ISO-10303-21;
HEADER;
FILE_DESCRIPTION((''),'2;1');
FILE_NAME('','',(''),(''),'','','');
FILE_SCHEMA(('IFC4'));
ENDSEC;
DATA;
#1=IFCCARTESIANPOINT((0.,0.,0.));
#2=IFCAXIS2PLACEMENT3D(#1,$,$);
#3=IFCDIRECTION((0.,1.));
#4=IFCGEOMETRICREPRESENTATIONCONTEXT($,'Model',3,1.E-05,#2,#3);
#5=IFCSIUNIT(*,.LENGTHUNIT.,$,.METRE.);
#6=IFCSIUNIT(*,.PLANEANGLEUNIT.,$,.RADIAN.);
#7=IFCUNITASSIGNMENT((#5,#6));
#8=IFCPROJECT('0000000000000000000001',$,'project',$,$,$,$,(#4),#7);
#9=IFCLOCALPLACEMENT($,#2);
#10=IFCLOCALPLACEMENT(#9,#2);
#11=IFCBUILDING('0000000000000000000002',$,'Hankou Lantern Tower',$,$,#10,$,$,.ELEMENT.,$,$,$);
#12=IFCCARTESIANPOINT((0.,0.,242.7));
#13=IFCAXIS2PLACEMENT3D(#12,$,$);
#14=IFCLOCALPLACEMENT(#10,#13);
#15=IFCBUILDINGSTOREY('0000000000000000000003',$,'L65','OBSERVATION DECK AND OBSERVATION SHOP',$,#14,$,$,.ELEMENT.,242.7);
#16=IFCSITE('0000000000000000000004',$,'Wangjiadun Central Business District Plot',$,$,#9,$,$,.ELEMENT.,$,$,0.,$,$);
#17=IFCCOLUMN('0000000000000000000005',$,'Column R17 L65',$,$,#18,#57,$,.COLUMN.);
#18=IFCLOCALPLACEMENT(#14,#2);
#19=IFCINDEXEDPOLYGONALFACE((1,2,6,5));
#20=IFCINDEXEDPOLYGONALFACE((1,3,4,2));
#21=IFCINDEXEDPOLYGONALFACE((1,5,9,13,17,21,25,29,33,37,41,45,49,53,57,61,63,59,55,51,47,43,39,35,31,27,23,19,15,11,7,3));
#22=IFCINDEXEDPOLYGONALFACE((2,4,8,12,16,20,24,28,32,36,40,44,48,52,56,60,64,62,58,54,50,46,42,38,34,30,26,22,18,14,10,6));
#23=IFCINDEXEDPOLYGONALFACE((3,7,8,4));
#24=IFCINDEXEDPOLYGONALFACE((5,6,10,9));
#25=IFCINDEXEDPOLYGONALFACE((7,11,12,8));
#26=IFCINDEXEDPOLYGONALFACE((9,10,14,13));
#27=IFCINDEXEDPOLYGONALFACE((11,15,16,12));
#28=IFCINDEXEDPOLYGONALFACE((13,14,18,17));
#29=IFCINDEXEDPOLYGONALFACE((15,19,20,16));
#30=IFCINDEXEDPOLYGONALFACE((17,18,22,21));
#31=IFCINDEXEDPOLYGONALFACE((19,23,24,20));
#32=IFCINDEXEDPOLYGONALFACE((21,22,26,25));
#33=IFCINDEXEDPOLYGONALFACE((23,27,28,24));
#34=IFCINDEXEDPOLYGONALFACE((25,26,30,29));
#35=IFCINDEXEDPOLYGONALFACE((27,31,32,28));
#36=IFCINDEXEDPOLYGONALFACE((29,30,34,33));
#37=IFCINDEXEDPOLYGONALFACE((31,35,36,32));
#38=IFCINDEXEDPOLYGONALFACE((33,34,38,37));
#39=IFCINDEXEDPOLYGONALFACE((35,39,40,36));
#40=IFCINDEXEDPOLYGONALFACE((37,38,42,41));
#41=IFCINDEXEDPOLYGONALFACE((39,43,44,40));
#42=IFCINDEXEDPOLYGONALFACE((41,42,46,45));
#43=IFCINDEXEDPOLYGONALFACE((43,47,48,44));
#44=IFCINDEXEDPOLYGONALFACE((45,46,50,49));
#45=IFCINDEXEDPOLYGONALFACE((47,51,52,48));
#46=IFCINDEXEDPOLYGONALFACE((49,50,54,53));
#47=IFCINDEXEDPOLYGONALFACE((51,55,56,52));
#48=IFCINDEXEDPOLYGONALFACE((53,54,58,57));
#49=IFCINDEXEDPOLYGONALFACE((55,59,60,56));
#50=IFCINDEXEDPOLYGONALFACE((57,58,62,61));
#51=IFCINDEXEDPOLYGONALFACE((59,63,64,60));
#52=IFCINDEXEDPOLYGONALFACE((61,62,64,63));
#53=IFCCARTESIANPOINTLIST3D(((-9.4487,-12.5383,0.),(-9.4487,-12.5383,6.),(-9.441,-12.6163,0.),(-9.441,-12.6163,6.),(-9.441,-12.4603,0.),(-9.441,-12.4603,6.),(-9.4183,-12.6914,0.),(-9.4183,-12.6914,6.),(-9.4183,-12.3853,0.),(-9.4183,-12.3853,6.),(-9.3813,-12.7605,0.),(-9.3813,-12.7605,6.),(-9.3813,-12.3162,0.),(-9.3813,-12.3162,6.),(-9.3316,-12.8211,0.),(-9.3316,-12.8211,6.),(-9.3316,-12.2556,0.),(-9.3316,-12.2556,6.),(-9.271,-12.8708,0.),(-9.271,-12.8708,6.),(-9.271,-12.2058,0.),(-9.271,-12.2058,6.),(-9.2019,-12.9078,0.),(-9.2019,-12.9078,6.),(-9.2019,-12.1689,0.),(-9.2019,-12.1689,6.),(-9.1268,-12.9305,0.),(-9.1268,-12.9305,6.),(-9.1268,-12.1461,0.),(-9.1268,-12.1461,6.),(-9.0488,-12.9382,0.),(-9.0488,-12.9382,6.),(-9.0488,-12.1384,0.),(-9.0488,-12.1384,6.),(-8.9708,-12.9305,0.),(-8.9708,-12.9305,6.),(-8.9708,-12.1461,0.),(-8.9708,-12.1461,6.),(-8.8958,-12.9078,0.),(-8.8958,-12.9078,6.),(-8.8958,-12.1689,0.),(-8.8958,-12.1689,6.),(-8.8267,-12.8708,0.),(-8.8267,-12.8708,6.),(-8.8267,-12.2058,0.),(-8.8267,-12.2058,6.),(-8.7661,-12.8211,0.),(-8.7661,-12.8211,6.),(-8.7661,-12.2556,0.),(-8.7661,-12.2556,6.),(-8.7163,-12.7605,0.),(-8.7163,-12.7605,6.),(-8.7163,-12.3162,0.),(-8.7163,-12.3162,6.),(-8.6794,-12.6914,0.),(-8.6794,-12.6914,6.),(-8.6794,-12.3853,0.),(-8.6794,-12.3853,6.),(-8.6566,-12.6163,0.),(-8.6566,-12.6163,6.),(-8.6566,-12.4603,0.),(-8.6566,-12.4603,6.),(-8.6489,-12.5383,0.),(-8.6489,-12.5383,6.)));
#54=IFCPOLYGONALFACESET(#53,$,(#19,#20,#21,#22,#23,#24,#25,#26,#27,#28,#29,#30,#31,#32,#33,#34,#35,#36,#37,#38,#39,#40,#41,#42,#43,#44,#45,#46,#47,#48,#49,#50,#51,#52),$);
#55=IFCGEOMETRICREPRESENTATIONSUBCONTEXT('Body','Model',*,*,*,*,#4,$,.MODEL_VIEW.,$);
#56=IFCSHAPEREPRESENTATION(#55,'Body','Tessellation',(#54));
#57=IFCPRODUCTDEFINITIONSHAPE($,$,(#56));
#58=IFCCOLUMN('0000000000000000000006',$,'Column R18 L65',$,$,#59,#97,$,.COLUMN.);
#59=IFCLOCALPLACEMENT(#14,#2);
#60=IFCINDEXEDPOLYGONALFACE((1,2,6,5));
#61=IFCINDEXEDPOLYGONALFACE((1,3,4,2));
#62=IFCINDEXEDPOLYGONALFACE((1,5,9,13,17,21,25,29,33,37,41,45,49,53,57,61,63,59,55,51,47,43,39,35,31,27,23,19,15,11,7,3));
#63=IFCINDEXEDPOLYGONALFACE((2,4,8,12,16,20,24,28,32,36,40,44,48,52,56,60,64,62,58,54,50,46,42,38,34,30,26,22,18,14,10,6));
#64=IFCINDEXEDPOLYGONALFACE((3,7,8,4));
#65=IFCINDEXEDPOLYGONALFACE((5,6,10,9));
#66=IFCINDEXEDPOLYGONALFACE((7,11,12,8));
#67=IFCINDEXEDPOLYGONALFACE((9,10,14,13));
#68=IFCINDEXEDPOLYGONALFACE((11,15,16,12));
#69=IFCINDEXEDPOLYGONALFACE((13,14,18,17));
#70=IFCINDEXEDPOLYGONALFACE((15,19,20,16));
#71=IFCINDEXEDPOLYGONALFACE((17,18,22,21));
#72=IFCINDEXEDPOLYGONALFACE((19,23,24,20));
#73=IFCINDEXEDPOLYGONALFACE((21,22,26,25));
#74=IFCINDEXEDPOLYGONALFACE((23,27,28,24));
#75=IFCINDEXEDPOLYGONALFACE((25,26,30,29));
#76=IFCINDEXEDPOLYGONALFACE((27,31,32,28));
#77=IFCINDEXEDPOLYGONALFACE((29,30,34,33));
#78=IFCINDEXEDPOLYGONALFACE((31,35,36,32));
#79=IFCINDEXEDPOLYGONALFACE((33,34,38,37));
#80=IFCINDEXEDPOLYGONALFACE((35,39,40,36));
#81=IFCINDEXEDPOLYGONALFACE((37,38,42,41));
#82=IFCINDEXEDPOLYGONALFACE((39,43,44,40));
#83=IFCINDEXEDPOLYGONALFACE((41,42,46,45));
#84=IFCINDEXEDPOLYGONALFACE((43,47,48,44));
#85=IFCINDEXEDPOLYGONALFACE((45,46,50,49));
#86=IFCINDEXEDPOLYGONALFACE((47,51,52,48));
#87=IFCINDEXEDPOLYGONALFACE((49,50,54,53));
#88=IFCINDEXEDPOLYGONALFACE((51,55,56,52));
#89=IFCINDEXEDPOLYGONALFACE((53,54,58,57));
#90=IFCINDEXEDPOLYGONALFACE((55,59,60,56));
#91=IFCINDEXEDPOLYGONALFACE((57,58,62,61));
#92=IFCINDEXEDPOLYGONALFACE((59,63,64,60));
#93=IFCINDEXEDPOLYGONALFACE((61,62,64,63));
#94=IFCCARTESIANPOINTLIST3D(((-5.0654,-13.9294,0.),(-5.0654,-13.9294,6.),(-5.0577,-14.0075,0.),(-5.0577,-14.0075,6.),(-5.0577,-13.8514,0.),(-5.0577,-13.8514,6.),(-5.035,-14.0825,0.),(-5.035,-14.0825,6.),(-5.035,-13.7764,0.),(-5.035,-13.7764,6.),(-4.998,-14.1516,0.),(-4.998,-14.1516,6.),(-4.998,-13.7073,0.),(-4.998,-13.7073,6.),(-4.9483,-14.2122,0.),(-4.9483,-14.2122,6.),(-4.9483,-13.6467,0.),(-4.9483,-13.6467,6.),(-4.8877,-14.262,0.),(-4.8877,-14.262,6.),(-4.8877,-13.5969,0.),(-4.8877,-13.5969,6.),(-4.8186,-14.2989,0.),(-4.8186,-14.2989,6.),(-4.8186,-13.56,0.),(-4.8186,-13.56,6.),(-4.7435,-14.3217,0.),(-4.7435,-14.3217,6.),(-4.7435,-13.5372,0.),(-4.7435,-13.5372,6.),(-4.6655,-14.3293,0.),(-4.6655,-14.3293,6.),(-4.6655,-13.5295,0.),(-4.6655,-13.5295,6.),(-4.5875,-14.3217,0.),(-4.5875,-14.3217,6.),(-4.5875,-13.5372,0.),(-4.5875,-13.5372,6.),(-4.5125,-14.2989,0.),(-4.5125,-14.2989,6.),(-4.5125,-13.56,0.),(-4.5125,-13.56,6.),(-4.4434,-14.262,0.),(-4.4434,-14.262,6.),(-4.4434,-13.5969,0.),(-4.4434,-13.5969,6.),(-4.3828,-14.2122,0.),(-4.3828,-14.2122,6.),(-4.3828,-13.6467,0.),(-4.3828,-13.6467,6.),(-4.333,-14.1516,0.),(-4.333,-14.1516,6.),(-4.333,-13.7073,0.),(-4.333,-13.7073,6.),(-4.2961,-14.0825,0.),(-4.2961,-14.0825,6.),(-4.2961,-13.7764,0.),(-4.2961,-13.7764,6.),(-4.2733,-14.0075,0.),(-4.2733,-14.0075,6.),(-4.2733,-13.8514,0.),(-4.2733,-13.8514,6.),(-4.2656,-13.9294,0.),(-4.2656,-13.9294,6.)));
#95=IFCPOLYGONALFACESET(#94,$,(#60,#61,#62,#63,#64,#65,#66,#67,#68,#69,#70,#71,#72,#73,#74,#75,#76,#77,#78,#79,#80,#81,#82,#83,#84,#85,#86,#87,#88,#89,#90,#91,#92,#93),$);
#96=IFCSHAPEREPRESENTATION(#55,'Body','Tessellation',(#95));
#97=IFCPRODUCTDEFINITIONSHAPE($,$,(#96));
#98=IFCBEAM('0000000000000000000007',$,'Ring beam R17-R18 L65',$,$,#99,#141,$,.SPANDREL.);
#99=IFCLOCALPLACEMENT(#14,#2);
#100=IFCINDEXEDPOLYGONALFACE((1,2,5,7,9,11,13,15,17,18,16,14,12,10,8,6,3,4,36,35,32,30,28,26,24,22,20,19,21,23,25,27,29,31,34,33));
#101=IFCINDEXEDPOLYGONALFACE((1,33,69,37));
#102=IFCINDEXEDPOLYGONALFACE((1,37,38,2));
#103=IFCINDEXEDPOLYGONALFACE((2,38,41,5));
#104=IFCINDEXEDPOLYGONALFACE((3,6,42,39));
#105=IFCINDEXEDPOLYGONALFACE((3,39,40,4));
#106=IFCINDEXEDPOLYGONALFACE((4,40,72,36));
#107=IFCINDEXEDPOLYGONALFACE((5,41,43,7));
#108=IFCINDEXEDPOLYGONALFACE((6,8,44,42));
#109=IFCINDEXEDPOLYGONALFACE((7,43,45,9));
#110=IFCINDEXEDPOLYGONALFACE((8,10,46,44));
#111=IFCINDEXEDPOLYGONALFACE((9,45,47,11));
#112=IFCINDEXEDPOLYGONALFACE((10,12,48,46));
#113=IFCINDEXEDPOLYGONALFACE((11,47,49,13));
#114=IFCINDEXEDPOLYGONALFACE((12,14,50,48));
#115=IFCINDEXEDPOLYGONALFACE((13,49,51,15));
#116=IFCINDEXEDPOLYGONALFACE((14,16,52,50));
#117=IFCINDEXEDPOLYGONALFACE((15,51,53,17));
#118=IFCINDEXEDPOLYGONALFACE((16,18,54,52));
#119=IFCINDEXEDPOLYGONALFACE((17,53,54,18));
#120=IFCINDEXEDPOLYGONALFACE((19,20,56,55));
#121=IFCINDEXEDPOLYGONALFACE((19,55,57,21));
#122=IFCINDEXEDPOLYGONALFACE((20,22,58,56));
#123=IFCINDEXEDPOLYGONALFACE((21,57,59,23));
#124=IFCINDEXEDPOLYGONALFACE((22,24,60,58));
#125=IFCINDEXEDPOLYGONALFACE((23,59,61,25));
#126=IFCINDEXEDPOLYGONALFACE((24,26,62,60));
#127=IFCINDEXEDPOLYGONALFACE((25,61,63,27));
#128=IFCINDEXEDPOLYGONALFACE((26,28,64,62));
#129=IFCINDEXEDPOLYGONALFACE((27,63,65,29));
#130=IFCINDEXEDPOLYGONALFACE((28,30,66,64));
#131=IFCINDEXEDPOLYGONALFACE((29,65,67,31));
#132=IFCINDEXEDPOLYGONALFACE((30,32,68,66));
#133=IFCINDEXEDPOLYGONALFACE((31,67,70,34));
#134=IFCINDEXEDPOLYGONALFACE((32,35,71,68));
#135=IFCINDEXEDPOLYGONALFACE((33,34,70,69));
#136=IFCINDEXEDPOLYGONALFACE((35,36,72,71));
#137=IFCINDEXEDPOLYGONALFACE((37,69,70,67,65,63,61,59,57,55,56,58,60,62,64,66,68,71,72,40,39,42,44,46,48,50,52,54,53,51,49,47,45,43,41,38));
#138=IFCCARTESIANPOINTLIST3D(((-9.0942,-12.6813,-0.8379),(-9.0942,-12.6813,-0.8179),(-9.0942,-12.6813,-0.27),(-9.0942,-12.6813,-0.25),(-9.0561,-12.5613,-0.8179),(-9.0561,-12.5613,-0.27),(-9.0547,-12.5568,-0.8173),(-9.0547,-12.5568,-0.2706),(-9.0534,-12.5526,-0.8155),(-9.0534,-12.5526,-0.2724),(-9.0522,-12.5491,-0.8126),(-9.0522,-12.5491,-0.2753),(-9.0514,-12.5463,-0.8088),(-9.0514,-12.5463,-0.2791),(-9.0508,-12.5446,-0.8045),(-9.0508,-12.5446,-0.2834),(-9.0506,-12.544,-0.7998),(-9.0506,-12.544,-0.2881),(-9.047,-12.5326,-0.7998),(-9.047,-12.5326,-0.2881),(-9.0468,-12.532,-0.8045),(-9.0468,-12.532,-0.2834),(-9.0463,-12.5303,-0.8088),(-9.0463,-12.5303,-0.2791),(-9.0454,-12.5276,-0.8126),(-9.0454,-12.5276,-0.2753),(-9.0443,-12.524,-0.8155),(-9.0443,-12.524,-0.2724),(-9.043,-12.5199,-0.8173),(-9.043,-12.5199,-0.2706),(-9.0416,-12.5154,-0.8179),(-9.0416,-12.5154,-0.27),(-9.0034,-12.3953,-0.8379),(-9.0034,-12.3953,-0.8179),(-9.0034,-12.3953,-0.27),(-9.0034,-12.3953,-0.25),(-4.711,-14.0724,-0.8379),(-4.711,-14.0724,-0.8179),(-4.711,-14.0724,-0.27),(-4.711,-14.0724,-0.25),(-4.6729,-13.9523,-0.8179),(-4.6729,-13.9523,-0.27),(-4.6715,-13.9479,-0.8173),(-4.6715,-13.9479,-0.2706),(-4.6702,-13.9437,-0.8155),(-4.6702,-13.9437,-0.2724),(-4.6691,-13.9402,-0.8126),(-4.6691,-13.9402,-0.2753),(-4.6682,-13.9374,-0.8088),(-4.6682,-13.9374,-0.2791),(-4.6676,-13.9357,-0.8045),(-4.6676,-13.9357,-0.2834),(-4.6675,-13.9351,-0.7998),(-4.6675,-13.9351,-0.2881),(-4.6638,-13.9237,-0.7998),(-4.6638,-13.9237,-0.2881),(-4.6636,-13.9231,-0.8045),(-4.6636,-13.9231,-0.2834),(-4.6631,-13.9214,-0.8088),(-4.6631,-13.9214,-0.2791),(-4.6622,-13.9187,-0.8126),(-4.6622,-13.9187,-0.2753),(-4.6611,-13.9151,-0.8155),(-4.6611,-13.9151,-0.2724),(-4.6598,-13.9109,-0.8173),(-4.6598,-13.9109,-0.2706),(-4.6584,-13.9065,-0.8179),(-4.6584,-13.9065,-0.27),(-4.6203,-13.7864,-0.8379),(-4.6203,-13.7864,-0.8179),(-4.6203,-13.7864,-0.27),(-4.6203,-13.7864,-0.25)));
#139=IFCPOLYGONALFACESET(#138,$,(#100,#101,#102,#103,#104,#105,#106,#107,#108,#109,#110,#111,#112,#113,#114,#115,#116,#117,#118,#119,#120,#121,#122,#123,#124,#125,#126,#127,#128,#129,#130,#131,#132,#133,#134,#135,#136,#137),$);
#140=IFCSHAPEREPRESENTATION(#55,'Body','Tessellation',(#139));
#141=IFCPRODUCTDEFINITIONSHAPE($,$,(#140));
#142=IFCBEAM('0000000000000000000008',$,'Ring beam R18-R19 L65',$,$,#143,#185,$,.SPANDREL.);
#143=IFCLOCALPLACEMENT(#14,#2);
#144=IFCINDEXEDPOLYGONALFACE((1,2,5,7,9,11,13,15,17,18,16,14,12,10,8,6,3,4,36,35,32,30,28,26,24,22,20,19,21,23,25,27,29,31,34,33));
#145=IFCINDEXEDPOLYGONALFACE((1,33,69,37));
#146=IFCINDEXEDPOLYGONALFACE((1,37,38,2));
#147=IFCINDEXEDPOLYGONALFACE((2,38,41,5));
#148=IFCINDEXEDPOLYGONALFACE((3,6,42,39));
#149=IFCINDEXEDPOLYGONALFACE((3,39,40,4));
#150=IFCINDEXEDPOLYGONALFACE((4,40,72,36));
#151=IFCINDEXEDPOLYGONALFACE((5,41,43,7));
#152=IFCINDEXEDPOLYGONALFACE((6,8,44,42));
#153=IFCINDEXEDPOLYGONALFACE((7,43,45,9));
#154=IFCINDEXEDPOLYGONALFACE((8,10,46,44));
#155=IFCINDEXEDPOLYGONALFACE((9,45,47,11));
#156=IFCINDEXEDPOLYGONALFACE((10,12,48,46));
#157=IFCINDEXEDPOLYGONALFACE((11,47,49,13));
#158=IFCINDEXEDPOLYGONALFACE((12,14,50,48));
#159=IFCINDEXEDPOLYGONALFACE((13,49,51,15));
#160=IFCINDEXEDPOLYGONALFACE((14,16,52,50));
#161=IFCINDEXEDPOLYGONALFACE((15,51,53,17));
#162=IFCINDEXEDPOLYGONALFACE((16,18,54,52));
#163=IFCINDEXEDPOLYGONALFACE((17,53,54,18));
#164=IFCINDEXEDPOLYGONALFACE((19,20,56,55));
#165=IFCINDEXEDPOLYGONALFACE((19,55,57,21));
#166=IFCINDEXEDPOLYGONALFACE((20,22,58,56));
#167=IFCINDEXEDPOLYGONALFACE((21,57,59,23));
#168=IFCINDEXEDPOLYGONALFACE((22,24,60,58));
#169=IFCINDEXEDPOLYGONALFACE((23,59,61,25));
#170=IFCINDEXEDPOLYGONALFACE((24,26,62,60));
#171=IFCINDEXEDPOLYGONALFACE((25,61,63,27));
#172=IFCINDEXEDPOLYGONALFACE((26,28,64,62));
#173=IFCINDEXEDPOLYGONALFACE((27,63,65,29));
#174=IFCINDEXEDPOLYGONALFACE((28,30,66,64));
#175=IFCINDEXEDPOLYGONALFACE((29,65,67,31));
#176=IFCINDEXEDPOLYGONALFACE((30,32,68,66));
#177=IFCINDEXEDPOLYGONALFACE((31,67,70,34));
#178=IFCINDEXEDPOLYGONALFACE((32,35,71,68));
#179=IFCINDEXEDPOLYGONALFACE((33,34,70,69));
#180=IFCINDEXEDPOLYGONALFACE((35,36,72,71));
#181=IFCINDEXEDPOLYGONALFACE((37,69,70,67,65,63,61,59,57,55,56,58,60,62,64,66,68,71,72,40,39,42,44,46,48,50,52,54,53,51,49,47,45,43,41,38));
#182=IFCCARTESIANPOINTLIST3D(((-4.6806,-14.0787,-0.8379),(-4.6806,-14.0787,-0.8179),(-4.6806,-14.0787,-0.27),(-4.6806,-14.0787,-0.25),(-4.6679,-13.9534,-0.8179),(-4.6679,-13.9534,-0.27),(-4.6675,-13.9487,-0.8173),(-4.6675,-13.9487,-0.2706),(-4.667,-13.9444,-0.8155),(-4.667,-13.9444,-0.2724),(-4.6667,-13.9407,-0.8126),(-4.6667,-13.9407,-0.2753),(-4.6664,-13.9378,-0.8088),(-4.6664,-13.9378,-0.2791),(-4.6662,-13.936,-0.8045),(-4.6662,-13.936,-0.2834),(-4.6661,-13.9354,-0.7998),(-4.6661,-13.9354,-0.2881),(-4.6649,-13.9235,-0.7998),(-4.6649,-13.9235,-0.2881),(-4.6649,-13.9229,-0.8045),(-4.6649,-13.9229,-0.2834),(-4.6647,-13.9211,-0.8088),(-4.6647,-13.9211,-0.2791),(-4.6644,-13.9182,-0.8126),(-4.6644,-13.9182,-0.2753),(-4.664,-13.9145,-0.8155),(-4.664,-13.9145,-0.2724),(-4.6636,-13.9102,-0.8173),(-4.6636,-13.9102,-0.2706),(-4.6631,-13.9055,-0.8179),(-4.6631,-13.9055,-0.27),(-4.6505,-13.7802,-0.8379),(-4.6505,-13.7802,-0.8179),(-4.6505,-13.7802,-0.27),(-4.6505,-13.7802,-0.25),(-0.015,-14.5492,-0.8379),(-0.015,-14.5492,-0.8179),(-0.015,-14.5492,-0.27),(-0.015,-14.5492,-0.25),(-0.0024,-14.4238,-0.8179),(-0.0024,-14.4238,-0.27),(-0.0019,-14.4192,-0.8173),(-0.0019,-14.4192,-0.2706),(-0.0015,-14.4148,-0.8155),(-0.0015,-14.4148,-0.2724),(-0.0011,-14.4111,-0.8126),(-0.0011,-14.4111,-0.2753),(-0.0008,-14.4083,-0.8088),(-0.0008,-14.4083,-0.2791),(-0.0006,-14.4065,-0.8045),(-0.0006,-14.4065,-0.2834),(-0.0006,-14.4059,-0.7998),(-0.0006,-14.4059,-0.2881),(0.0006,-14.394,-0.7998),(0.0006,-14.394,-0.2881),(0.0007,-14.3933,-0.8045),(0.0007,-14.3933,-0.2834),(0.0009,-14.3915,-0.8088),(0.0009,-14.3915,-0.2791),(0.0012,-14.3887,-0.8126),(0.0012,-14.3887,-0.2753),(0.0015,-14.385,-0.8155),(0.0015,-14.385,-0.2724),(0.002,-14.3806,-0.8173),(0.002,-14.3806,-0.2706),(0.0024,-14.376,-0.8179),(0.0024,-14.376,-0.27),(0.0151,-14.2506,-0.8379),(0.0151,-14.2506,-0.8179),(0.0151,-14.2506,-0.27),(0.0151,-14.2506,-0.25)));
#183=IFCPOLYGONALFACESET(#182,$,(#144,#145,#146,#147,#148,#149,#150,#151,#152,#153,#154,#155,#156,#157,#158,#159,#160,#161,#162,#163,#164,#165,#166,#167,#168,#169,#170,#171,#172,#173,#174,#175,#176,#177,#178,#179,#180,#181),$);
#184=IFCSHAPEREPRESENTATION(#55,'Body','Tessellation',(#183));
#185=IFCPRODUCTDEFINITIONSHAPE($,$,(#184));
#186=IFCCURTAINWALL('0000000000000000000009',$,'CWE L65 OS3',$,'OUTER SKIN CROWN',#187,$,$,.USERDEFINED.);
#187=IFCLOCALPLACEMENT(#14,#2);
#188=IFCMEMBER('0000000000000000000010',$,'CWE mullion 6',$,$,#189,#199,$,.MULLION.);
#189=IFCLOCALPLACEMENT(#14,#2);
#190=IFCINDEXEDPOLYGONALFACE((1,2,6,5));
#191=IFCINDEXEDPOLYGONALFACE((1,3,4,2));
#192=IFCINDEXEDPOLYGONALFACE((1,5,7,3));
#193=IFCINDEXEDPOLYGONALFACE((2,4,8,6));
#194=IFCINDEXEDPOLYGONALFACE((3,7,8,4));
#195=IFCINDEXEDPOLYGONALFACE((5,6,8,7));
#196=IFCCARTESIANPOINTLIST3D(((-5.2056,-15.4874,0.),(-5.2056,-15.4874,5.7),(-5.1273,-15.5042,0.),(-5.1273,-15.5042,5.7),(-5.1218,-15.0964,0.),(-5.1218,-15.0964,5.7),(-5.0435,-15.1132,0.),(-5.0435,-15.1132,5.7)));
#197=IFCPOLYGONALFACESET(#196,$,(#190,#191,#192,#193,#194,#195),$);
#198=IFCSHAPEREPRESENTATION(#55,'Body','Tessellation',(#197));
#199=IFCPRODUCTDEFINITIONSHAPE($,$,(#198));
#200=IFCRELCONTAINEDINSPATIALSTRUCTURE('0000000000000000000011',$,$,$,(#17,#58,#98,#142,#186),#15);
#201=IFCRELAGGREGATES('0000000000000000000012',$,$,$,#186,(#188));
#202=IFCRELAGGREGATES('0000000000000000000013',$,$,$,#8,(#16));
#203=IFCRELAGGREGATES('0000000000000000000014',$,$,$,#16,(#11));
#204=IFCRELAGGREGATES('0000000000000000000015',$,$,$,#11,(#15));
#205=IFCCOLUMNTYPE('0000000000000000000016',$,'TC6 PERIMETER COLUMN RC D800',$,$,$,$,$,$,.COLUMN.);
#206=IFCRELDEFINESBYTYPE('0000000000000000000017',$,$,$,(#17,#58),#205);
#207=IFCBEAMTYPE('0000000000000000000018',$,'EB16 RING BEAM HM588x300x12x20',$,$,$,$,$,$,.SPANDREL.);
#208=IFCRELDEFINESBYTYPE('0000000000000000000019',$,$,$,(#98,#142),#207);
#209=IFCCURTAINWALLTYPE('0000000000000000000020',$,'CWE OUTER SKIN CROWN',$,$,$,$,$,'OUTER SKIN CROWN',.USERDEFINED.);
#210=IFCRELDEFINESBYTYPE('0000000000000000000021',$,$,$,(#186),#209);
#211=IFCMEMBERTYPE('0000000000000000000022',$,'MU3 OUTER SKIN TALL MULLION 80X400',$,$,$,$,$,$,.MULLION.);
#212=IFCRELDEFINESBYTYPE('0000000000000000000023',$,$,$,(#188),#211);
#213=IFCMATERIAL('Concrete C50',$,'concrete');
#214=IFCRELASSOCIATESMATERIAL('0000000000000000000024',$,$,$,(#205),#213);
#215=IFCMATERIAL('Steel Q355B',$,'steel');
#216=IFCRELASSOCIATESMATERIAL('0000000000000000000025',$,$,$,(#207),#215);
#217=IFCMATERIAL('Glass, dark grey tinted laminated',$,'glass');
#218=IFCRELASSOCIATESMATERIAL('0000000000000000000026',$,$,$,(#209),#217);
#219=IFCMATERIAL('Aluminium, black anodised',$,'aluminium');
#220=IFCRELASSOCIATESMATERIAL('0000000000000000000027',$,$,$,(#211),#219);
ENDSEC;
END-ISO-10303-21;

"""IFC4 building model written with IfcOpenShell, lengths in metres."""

from ifc_helpers import new_model, si_unit, direction, frame, origin, origin_2d, place, context, subcontext, project, spatial, rectangle, circle, i_section, extrude, material, material_profile, profile_set, type_object, element, aggregate, save


model = new_model("IFC4")

# Units and contexts
model_context = context("Model", 3, precision=1e-05, world=origin(), true_north=direction((0.0, 1.0)))
body_context = subcontext(model_context, "Body", "Model", "MODEL_VIEW")
ifc_project = project(units=[si_unit("LENGTHUNIT", "METRE"), si_unit("PLANEANGLEUNIT", "RADIAN")], contexts=[model_context])

# Site, building, storey
site_placement = place(None, origin())
site = spatial("IfcSite", under=ifc_project, at=site_placement, Name="Wangjiadun Central Business District Plot", CompositionType="ELEMENT", RefElevation=0.0)
building_placement = place(site_placement, origin())
building = spatial("IfcBuilding", under=site, at=building_placement, Name="Hankou Lantern Tower", CompositionType="ELEMENT")
storey_placement = place(building_placement, frame((0.0, 0.0, 242.7)))
storey = spatial("IfcBuildingStorey", under=building, at=storey_placement, Name="L65", Description="OBSERVATION DECK AND OBSERVATION SHOP", CompositionType="ELEMENT", Elevation=242.7)

# Columns
ifc_material_1 = material(Name="Concrete C50", Category="concrete")
ifc_material_profile_1 = material_profile(ifc_material_1, circle(Radius=0.3999, at=origin_2d()), Name="RC D800")
ifc_profile_set_1 = profile_set([ifc_material_profile_1], Name="Concrete C50")
column_type = type_object("IfcColumnType", Name="TC6 PERIMETER COLUMN RC D800", PredefinedType="COLUMN", material=ifc_profile_set_1)
for number, where, z_axis, x_axis, name in (
    (1, (-9.0488, -12.5383, 0.0), (0.0, 0.0, 1.0), (1.0, 0.0, 0.0), "Column R17 L65"),
    (2, (-4.6655, -13.9294, 0.0), (0.0, 0.0, 1.0), (1.0, 0.0, 0.0), "Column R18 L65"),
):
    element("IfcColumn", number, at=place(storey_placement, frame(where, z_axis=z_axis, x_axis=x_axis)), inside=storey, type_object=column_type, Name=name, PredefinedType="COLUMN", context=body_context, shape_type="SweptSolid", body=[
        extrude(circle(Radius=0.3999, at=origin_2d()), origin(), (0.0, 0.0, 1.0), 6.0),
    ])

# Beams
ifc_material_2 = material(Name="Steel Q355B", Category="steel")
ifc_material_profile_2 = material_profile(ifc_material_2, i_section(OverallWidth=0.3, OverallDepth=0.5879, WebThickness=0.012, FlangeThickness=0.02, FilletRadius=0.0181, at=origin_2d()), Name="HM588x300x12x20")
ifc_profile_set_2 = profile_set([ifc_material_profile_2], Name="Steel Q355B")
beam_type_1 = type_object("IfcBeamType", Name="EB16 RING BEAM HM588x300x12x20", PredefinedType="SPANDREL", material=ifc_profile_set_2)
beam_1_placement = place(storey_placement, frame((-9.0488, -12.5383, -0.5439), z_axis=(0.95315, -0.302498, 0.0), x_axis=(0.302498, 0.95315, 0.0)))
element("IfcBeam", 3, at=beam_1_placement, inside=storey, type_object=beam_type_1, Name="Ring beam R17-R18 L65", PredefinedType="SPANDREL", context=body_context, shape_type="SweptSolid", body=[
    extrude(i_section(OverallWidth=0.3, OverallDepth=0.5879, WebThickness=0.012, FlangeThickness=0.02, FilletRadius=0.0181, at=origin_2d()), origin(), (0.0, 0.0, 1.0), 4.5986),
])
beam_2_placement = place(storey_placement, frame((-4.6655, -13.9294, -0.5439), z_axis=(0.994954, -0.100328, 0.0), x_axis=(0.100328, 0.994954, 0.0)))
element("IfcBeam", 4, at=beam_2_placement, inside=storey, type_object=beam_type_1, Name="Ring beam R18-R19 L65", PredefinedType="SPANDREL", context=body_context, shape_type="SweptSolid", body=[
    extrude(i_section(OverallWidth=0.3, OverallDepth=0.5879, WebThickness=0.012, FlangeThickness=0.02, FilletRadius=0.0181, at=origin_2d()), origin(), (0.0, 0.0, 1.0), 4.6892),
])

# Curtain wall, member
ifc_material_3 = material(Name="Glass, dark grey tinted laminated", Category="glass")
curtain_wall_type = type_object("IfcCurtainWallType", Name="CWE OUTER SKIN CROWN", ElementType="OUTER SKIN CROWN", PredefinedType="USERDEFINED", material=ifc_material_3)
curtain_wall_placement = place(storey_placement, origin())
curtain_wall = element("IfcCurtainWall", 5, at=curtain_wall_placement, inside=storey, type_object=curtain_wall_type, Name="CWE L65 OS3", ObjectType="OUTER SKIN CROWN", PredefinedType="USERDEFINED")
ifc_material_4 = material(Name="Aluminium, black anodised", Category="aluminium")
ifc_material_profile_3 = material_profile(ifc_material_4, rectangle(XDim=0.0801, YDim=0.3999, at=origin_2d()), Name="MU3 80X400")
ifc_profile_set_3 = profile_set([ifc_material_profile_3], Name="Aluminium, black anodised")
member_type_1 = type_object("IfcMemberType", Name="MU3 OUTER SKIN TALL MULLION 80X400", PredefinedType="MULLION", material=ifc_profile_set_3)
member_1_placement = place(storey_placement, frame((-5.1245, -15.3003, 0.0), z_axis=(0.0, 0.0, 1.0), x_axis=(0.977788, -0.209598, 0.0)))
member_1 = element("IfcMember", 6, at=member_1_placement, type_object=member_type_1, Name="CWE mullion 6", PredefinedType="MULLION", context=body_context, shape_type="SweptSolid", body=[
    extrude(rectangle(XDim=0.0801, YDim=0.3999, at=origin_2d()), origin(), (0.0, 0.0, 1.0), 5.7),
])

aggregate(curtain_wall, [member_1])

save(model, "model.ifc")
